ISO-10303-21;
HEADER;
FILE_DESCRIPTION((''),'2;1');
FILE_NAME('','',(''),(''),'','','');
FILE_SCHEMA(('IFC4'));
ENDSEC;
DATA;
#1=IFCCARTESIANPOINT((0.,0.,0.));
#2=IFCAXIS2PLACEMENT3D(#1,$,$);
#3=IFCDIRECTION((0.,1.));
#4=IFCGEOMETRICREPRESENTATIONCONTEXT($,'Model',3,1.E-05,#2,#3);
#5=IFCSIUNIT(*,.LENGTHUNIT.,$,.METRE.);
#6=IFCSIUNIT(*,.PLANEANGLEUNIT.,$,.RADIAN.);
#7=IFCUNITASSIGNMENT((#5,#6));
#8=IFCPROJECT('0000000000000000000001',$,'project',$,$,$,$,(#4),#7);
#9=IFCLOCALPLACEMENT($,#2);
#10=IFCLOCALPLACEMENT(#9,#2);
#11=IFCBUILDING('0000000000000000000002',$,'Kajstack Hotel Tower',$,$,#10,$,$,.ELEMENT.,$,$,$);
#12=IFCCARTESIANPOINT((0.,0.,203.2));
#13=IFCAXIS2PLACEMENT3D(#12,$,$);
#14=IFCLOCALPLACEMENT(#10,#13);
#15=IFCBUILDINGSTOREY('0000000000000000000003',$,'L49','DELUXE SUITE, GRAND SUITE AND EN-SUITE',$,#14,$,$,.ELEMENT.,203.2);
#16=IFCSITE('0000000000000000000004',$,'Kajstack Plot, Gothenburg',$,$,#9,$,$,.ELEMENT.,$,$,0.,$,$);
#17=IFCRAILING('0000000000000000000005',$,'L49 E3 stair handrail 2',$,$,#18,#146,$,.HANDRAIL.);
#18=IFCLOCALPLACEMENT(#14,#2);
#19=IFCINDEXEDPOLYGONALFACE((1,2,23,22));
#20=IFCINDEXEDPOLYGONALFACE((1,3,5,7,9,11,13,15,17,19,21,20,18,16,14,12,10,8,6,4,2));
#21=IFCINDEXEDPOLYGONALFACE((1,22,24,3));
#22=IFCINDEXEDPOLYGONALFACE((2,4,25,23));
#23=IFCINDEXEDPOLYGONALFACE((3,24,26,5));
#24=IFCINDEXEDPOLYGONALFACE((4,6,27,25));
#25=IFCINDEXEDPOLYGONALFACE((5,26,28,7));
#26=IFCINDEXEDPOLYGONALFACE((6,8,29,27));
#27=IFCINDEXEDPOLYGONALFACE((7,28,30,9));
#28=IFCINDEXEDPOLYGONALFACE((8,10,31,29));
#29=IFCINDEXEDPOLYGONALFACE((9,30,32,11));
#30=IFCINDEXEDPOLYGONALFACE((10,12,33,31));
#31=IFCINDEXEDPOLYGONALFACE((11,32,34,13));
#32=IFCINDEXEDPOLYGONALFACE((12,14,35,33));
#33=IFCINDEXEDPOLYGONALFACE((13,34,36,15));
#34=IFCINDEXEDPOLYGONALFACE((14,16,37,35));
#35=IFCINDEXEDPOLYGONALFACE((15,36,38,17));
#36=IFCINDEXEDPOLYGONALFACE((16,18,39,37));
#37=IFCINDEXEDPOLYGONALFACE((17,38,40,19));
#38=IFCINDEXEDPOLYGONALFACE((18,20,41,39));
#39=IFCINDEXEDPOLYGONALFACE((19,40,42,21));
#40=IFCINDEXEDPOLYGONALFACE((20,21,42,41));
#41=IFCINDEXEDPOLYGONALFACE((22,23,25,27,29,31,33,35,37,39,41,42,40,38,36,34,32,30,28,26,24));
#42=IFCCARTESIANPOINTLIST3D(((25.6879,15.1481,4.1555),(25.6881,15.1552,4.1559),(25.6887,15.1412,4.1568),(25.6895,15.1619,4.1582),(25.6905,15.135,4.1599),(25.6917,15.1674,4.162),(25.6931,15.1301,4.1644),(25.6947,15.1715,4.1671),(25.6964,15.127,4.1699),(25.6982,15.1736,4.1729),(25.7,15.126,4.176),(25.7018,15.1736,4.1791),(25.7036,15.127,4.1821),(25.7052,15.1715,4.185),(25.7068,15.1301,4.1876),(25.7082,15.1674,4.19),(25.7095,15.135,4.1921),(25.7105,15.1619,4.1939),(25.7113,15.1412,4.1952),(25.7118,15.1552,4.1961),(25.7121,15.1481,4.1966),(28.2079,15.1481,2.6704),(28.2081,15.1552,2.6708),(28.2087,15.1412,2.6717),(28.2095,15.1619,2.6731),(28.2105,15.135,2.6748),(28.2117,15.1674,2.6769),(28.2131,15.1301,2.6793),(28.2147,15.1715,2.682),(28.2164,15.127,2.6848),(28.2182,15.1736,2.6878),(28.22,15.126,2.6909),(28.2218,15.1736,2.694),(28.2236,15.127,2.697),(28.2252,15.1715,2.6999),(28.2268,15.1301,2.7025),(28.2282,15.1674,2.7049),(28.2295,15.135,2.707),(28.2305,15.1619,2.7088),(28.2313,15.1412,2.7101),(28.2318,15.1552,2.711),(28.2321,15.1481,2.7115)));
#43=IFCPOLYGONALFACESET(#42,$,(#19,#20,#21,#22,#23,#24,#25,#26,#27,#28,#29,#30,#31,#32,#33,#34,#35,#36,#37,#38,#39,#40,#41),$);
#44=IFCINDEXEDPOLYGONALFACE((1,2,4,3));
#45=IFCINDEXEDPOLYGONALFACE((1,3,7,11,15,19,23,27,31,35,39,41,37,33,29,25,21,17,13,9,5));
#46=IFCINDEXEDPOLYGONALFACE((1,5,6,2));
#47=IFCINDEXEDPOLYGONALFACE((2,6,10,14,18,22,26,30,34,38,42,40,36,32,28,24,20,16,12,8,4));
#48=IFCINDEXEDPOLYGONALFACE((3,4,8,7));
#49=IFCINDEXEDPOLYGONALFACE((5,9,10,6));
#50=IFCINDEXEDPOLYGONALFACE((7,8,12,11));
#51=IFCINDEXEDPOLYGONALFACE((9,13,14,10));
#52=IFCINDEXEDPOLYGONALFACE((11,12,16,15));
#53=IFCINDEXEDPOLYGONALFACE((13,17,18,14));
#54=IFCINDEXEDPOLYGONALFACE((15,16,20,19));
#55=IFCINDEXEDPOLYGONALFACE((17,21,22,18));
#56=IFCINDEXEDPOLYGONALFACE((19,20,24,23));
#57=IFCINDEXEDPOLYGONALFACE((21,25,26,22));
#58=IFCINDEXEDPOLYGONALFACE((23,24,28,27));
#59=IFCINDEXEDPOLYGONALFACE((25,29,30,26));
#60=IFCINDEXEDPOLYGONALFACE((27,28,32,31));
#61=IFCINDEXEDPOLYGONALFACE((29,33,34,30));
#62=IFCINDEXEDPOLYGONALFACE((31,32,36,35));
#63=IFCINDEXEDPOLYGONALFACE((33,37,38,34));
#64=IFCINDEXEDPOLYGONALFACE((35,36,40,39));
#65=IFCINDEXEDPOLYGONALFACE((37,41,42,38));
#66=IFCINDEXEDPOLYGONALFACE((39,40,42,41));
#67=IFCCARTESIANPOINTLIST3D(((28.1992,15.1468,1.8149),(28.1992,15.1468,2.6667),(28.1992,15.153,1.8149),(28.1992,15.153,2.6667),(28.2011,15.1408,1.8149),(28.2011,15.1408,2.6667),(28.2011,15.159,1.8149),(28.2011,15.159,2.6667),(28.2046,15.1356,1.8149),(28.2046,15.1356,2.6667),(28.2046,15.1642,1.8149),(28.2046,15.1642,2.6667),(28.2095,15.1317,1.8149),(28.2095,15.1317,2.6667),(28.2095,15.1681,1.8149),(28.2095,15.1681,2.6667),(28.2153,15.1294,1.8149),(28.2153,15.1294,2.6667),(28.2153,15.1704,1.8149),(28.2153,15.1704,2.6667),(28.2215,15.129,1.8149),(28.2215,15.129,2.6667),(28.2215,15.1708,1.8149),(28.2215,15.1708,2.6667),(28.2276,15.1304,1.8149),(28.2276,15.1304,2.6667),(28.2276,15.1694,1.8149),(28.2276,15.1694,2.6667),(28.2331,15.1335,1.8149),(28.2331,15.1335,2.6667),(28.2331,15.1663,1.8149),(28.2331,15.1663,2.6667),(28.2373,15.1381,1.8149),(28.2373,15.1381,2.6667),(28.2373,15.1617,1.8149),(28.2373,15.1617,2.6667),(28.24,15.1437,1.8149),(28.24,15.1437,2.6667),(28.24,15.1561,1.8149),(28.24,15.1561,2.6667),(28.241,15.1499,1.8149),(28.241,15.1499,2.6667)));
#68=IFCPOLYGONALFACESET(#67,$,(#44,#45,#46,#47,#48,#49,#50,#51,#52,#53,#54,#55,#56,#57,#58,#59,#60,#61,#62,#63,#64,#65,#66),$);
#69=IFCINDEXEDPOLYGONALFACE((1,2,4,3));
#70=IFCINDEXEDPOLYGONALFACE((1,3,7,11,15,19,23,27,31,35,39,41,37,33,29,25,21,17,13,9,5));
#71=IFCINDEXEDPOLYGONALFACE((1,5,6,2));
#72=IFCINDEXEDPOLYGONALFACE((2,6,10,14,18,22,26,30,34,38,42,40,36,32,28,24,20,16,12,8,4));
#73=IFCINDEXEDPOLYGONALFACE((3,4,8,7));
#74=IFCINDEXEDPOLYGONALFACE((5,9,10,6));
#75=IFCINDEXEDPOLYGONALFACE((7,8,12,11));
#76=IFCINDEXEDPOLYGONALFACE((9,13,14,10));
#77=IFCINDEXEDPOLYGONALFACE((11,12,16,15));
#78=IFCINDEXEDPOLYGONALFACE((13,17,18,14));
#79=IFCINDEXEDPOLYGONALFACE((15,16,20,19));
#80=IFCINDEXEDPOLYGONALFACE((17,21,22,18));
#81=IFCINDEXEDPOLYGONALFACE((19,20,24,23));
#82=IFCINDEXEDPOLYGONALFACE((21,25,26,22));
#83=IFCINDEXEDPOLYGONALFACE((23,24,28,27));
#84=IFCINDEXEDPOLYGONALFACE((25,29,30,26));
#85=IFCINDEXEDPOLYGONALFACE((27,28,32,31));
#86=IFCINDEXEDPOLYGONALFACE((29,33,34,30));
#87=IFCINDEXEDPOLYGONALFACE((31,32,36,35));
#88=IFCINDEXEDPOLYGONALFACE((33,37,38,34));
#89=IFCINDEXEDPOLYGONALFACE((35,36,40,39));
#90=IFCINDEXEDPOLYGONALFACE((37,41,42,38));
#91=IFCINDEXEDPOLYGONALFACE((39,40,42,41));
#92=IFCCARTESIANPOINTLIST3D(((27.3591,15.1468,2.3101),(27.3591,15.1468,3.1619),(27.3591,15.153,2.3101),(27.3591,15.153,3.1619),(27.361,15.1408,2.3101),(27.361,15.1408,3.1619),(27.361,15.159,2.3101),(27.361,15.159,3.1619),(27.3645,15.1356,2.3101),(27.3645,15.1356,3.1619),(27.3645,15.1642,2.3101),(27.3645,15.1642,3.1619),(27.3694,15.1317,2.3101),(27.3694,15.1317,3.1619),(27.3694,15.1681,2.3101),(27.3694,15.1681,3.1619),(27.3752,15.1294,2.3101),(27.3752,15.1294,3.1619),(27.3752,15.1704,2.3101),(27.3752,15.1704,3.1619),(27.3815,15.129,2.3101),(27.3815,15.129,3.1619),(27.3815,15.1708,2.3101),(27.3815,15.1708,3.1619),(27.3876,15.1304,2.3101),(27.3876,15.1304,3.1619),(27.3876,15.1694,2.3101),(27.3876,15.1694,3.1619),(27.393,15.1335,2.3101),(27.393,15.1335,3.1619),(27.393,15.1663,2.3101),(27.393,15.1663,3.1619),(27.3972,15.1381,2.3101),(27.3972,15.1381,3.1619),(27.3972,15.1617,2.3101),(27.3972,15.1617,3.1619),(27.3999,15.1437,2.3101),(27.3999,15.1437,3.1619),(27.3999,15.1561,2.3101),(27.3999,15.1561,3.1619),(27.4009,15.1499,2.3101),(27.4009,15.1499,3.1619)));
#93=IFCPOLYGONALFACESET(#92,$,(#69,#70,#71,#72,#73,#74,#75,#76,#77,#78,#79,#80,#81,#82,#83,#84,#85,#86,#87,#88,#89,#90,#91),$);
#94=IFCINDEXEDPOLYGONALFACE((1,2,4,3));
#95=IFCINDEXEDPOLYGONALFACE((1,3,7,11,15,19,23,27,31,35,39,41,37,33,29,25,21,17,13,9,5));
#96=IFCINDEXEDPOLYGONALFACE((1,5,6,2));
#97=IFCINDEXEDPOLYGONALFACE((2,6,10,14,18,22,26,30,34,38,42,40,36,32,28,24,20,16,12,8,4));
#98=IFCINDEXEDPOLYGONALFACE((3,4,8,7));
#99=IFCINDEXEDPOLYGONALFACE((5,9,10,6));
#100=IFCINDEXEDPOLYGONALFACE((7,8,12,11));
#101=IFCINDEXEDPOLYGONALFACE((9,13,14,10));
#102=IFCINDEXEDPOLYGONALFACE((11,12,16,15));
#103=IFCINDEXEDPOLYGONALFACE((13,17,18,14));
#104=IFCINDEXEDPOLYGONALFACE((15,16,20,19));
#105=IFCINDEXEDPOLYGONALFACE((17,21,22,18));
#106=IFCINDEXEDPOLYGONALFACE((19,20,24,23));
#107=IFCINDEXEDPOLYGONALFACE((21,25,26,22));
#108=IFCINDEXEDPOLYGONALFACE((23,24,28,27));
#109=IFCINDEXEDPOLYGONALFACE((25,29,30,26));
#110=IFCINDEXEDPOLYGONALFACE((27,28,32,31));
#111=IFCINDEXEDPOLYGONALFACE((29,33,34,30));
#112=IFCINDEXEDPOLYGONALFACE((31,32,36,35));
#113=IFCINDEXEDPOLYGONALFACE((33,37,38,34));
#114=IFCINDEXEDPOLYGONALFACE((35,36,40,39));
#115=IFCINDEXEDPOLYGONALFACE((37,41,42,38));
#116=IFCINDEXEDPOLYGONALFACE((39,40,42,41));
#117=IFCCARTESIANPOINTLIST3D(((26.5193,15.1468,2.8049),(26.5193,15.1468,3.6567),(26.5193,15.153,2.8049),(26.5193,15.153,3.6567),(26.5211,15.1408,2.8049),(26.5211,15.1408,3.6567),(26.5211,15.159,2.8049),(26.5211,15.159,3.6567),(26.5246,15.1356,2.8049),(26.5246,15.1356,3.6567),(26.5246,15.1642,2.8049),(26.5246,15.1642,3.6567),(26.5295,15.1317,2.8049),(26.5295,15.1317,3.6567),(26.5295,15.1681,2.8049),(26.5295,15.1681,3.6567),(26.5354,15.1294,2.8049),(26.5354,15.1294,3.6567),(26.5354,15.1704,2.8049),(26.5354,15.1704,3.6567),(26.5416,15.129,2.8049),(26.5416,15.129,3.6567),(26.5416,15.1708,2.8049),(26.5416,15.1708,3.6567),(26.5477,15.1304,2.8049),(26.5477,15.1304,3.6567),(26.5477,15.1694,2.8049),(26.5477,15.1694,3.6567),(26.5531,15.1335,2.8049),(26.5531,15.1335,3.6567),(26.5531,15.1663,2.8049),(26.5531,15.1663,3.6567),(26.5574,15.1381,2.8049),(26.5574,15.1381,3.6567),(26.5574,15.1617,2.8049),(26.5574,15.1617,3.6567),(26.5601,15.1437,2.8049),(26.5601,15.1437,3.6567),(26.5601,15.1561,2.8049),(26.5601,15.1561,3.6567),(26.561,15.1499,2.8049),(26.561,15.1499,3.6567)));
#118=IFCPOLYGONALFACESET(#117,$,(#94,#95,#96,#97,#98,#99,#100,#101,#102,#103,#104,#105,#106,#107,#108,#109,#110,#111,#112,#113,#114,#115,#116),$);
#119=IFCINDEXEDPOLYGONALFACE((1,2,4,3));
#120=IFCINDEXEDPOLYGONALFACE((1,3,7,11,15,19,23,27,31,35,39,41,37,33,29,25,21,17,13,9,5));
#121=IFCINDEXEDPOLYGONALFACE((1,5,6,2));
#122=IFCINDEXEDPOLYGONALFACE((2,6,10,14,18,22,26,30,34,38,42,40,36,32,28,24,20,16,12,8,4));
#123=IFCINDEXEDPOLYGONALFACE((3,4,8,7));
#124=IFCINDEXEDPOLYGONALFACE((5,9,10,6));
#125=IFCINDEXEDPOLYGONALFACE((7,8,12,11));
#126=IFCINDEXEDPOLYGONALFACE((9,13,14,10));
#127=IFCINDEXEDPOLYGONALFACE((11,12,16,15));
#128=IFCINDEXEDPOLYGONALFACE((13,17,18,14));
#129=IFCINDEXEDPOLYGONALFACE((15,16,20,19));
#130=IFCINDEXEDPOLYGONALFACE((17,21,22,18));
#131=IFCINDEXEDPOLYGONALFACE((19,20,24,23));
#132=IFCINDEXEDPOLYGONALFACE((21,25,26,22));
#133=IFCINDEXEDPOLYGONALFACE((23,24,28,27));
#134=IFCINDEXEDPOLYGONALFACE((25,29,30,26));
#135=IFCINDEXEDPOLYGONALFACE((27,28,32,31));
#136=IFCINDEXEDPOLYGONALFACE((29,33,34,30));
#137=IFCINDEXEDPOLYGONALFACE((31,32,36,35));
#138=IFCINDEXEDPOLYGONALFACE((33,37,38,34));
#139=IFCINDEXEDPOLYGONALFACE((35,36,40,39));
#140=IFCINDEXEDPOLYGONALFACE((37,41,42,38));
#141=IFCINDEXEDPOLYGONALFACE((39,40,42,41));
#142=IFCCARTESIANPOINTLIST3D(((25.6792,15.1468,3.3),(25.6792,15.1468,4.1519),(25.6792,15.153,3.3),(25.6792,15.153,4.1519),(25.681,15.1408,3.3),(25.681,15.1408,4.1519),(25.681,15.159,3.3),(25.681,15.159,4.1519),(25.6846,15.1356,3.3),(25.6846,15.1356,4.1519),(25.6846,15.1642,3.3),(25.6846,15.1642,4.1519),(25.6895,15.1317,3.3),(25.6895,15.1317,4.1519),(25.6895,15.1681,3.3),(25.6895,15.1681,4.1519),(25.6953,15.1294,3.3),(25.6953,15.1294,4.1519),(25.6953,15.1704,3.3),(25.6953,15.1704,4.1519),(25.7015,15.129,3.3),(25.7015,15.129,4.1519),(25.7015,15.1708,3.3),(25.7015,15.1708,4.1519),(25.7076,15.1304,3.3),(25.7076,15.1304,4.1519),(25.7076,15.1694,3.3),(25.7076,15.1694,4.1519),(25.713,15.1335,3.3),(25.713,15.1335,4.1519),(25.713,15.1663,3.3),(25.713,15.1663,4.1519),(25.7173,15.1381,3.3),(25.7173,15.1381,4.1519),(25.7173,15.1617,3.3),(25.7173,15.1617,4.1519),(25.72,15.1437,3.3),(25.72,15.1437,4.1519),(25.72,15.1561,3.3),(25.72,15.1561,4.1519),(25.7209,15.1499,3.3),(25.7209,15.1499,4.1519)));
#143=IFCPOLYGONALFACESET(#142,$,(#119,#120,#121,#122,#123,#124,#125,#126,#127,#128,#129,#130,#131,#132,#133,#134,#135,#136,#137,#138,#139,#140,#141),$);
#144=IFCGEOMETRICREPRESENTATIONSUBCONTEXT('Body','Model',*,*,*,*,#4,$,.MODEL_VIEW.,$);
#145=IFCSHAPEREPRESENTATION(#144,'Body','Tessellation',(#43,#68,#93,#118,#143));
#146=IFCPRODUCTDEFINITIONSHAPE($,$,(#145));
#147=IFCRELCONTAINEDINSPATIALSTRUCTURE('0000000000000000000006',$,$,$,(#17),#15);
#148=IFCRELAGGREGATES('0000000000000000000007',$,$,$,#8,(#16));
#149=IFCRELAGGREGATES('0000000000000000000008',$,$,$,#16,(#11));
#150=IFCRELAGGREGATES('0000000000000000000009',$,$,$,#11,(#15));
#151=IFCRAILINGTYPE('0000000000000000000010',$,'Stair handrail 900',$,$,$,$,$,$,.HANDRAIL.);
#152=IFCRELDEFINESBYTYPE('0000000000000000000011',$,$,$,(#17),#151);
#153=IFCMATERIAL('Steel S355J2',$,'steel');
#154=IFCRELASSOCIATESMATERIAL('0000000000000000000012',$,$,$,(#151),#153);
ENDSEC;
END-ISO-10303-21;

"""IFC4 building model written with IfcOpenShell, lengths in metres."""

from ifc_helpers import new_model, si_unit, direction, frame, origin, origin_2d, place, context, subcontext, project, spatial, circle, extrude, material, type_object, element, save


model = new_model("IFC4")

# Units and contexts
model_context = context("Model", 3, precision=1e-05, world=origin(), true_north=direction((0.0, 1.0)))
body_context = subcontext(model_context, "Body", "Model", "MODEL_VIEW")
ifc_project = project(units=[si_unit("LENGTHUNIT", "METRE"), si_unit("PLANEANGLEUNIT", "RADIAN")], contexts=[model_context])

# Site, building, storey
site_placement = place(None, origin())
site = spatial("IfcSite", under=ifc_project, at=site_placement, Name="Kajstack Plot, Gothenburg", CompositionType="ELEMENT", RefElevation=0.0)
building_placement = place(site_placement, origin())
building = spatial("IfcBuilding", under=site, at=building_placement, Name="Kajstack Hotel Tower", CompositionType="ELEMENT")
storey_placement = place(building_placement, frame((0.0, 0.0, 203.2)))
storey = spatial("IfcBuildingStorey", under=building, at=storey_placement, Name="L49", Description="DELUXE SUITE, GRAND SUITE AND EN-SUITE", CompositionType="ELEMENT", Elevation=203.2)

# Railing
ifc_material_1 = material(Name="Steel S355J2", Category="steel")
railing_type_1 = type_object("IfcRailingType", Name="Stair handrail 900", PredefinedType="HANDRAIL", material=ifc_material_1)
railing_1_placement = place(storey_placement, frame((28.22, 15.1499, 1.8149)))
element("IfcRailing", 1, at=railing_1_placement, inside=storey, type_object=railing_type_1, Name="L49 E3 stair handrail 2", PredefinedType="HANDRAIL", context=body_context, shape_type="SweptSolid", body=[
    extrude(circle(Radius=0.0239, at=origin_2d()), frame((0.0, 0.0, 0.876), z_axis=(-0.861524, 0.0, 0.507717), x_axis=(0.0, -1.0, 0.0)), (0.0, 0.0, 1.0), 2.925),
    extrude(circle(Radius=0.021, at=origin_2d()), origin(), (0.0, 0.0, 1.0), 0.8518),
    extrude(circle(Radius=0.021, at=origin_2d()), frame((-0.8401, 0.0, 0.4951)), (0.0, 0.0, 1.0), 0.8518),
    extrude(circle(Radius=0.021, at=origin_2d()), frame((-1.6799, 0.0, 0.99)), (0.0, 0.0, 1.0), 0.8518),
    extrude(circle(Radius=0.021, at=origin_2d()), frame((-2.52, 0.0, 1.4851)), (0.0, 0.0, 1.0), 0.8518),
])

save(model, "model.ifc")
